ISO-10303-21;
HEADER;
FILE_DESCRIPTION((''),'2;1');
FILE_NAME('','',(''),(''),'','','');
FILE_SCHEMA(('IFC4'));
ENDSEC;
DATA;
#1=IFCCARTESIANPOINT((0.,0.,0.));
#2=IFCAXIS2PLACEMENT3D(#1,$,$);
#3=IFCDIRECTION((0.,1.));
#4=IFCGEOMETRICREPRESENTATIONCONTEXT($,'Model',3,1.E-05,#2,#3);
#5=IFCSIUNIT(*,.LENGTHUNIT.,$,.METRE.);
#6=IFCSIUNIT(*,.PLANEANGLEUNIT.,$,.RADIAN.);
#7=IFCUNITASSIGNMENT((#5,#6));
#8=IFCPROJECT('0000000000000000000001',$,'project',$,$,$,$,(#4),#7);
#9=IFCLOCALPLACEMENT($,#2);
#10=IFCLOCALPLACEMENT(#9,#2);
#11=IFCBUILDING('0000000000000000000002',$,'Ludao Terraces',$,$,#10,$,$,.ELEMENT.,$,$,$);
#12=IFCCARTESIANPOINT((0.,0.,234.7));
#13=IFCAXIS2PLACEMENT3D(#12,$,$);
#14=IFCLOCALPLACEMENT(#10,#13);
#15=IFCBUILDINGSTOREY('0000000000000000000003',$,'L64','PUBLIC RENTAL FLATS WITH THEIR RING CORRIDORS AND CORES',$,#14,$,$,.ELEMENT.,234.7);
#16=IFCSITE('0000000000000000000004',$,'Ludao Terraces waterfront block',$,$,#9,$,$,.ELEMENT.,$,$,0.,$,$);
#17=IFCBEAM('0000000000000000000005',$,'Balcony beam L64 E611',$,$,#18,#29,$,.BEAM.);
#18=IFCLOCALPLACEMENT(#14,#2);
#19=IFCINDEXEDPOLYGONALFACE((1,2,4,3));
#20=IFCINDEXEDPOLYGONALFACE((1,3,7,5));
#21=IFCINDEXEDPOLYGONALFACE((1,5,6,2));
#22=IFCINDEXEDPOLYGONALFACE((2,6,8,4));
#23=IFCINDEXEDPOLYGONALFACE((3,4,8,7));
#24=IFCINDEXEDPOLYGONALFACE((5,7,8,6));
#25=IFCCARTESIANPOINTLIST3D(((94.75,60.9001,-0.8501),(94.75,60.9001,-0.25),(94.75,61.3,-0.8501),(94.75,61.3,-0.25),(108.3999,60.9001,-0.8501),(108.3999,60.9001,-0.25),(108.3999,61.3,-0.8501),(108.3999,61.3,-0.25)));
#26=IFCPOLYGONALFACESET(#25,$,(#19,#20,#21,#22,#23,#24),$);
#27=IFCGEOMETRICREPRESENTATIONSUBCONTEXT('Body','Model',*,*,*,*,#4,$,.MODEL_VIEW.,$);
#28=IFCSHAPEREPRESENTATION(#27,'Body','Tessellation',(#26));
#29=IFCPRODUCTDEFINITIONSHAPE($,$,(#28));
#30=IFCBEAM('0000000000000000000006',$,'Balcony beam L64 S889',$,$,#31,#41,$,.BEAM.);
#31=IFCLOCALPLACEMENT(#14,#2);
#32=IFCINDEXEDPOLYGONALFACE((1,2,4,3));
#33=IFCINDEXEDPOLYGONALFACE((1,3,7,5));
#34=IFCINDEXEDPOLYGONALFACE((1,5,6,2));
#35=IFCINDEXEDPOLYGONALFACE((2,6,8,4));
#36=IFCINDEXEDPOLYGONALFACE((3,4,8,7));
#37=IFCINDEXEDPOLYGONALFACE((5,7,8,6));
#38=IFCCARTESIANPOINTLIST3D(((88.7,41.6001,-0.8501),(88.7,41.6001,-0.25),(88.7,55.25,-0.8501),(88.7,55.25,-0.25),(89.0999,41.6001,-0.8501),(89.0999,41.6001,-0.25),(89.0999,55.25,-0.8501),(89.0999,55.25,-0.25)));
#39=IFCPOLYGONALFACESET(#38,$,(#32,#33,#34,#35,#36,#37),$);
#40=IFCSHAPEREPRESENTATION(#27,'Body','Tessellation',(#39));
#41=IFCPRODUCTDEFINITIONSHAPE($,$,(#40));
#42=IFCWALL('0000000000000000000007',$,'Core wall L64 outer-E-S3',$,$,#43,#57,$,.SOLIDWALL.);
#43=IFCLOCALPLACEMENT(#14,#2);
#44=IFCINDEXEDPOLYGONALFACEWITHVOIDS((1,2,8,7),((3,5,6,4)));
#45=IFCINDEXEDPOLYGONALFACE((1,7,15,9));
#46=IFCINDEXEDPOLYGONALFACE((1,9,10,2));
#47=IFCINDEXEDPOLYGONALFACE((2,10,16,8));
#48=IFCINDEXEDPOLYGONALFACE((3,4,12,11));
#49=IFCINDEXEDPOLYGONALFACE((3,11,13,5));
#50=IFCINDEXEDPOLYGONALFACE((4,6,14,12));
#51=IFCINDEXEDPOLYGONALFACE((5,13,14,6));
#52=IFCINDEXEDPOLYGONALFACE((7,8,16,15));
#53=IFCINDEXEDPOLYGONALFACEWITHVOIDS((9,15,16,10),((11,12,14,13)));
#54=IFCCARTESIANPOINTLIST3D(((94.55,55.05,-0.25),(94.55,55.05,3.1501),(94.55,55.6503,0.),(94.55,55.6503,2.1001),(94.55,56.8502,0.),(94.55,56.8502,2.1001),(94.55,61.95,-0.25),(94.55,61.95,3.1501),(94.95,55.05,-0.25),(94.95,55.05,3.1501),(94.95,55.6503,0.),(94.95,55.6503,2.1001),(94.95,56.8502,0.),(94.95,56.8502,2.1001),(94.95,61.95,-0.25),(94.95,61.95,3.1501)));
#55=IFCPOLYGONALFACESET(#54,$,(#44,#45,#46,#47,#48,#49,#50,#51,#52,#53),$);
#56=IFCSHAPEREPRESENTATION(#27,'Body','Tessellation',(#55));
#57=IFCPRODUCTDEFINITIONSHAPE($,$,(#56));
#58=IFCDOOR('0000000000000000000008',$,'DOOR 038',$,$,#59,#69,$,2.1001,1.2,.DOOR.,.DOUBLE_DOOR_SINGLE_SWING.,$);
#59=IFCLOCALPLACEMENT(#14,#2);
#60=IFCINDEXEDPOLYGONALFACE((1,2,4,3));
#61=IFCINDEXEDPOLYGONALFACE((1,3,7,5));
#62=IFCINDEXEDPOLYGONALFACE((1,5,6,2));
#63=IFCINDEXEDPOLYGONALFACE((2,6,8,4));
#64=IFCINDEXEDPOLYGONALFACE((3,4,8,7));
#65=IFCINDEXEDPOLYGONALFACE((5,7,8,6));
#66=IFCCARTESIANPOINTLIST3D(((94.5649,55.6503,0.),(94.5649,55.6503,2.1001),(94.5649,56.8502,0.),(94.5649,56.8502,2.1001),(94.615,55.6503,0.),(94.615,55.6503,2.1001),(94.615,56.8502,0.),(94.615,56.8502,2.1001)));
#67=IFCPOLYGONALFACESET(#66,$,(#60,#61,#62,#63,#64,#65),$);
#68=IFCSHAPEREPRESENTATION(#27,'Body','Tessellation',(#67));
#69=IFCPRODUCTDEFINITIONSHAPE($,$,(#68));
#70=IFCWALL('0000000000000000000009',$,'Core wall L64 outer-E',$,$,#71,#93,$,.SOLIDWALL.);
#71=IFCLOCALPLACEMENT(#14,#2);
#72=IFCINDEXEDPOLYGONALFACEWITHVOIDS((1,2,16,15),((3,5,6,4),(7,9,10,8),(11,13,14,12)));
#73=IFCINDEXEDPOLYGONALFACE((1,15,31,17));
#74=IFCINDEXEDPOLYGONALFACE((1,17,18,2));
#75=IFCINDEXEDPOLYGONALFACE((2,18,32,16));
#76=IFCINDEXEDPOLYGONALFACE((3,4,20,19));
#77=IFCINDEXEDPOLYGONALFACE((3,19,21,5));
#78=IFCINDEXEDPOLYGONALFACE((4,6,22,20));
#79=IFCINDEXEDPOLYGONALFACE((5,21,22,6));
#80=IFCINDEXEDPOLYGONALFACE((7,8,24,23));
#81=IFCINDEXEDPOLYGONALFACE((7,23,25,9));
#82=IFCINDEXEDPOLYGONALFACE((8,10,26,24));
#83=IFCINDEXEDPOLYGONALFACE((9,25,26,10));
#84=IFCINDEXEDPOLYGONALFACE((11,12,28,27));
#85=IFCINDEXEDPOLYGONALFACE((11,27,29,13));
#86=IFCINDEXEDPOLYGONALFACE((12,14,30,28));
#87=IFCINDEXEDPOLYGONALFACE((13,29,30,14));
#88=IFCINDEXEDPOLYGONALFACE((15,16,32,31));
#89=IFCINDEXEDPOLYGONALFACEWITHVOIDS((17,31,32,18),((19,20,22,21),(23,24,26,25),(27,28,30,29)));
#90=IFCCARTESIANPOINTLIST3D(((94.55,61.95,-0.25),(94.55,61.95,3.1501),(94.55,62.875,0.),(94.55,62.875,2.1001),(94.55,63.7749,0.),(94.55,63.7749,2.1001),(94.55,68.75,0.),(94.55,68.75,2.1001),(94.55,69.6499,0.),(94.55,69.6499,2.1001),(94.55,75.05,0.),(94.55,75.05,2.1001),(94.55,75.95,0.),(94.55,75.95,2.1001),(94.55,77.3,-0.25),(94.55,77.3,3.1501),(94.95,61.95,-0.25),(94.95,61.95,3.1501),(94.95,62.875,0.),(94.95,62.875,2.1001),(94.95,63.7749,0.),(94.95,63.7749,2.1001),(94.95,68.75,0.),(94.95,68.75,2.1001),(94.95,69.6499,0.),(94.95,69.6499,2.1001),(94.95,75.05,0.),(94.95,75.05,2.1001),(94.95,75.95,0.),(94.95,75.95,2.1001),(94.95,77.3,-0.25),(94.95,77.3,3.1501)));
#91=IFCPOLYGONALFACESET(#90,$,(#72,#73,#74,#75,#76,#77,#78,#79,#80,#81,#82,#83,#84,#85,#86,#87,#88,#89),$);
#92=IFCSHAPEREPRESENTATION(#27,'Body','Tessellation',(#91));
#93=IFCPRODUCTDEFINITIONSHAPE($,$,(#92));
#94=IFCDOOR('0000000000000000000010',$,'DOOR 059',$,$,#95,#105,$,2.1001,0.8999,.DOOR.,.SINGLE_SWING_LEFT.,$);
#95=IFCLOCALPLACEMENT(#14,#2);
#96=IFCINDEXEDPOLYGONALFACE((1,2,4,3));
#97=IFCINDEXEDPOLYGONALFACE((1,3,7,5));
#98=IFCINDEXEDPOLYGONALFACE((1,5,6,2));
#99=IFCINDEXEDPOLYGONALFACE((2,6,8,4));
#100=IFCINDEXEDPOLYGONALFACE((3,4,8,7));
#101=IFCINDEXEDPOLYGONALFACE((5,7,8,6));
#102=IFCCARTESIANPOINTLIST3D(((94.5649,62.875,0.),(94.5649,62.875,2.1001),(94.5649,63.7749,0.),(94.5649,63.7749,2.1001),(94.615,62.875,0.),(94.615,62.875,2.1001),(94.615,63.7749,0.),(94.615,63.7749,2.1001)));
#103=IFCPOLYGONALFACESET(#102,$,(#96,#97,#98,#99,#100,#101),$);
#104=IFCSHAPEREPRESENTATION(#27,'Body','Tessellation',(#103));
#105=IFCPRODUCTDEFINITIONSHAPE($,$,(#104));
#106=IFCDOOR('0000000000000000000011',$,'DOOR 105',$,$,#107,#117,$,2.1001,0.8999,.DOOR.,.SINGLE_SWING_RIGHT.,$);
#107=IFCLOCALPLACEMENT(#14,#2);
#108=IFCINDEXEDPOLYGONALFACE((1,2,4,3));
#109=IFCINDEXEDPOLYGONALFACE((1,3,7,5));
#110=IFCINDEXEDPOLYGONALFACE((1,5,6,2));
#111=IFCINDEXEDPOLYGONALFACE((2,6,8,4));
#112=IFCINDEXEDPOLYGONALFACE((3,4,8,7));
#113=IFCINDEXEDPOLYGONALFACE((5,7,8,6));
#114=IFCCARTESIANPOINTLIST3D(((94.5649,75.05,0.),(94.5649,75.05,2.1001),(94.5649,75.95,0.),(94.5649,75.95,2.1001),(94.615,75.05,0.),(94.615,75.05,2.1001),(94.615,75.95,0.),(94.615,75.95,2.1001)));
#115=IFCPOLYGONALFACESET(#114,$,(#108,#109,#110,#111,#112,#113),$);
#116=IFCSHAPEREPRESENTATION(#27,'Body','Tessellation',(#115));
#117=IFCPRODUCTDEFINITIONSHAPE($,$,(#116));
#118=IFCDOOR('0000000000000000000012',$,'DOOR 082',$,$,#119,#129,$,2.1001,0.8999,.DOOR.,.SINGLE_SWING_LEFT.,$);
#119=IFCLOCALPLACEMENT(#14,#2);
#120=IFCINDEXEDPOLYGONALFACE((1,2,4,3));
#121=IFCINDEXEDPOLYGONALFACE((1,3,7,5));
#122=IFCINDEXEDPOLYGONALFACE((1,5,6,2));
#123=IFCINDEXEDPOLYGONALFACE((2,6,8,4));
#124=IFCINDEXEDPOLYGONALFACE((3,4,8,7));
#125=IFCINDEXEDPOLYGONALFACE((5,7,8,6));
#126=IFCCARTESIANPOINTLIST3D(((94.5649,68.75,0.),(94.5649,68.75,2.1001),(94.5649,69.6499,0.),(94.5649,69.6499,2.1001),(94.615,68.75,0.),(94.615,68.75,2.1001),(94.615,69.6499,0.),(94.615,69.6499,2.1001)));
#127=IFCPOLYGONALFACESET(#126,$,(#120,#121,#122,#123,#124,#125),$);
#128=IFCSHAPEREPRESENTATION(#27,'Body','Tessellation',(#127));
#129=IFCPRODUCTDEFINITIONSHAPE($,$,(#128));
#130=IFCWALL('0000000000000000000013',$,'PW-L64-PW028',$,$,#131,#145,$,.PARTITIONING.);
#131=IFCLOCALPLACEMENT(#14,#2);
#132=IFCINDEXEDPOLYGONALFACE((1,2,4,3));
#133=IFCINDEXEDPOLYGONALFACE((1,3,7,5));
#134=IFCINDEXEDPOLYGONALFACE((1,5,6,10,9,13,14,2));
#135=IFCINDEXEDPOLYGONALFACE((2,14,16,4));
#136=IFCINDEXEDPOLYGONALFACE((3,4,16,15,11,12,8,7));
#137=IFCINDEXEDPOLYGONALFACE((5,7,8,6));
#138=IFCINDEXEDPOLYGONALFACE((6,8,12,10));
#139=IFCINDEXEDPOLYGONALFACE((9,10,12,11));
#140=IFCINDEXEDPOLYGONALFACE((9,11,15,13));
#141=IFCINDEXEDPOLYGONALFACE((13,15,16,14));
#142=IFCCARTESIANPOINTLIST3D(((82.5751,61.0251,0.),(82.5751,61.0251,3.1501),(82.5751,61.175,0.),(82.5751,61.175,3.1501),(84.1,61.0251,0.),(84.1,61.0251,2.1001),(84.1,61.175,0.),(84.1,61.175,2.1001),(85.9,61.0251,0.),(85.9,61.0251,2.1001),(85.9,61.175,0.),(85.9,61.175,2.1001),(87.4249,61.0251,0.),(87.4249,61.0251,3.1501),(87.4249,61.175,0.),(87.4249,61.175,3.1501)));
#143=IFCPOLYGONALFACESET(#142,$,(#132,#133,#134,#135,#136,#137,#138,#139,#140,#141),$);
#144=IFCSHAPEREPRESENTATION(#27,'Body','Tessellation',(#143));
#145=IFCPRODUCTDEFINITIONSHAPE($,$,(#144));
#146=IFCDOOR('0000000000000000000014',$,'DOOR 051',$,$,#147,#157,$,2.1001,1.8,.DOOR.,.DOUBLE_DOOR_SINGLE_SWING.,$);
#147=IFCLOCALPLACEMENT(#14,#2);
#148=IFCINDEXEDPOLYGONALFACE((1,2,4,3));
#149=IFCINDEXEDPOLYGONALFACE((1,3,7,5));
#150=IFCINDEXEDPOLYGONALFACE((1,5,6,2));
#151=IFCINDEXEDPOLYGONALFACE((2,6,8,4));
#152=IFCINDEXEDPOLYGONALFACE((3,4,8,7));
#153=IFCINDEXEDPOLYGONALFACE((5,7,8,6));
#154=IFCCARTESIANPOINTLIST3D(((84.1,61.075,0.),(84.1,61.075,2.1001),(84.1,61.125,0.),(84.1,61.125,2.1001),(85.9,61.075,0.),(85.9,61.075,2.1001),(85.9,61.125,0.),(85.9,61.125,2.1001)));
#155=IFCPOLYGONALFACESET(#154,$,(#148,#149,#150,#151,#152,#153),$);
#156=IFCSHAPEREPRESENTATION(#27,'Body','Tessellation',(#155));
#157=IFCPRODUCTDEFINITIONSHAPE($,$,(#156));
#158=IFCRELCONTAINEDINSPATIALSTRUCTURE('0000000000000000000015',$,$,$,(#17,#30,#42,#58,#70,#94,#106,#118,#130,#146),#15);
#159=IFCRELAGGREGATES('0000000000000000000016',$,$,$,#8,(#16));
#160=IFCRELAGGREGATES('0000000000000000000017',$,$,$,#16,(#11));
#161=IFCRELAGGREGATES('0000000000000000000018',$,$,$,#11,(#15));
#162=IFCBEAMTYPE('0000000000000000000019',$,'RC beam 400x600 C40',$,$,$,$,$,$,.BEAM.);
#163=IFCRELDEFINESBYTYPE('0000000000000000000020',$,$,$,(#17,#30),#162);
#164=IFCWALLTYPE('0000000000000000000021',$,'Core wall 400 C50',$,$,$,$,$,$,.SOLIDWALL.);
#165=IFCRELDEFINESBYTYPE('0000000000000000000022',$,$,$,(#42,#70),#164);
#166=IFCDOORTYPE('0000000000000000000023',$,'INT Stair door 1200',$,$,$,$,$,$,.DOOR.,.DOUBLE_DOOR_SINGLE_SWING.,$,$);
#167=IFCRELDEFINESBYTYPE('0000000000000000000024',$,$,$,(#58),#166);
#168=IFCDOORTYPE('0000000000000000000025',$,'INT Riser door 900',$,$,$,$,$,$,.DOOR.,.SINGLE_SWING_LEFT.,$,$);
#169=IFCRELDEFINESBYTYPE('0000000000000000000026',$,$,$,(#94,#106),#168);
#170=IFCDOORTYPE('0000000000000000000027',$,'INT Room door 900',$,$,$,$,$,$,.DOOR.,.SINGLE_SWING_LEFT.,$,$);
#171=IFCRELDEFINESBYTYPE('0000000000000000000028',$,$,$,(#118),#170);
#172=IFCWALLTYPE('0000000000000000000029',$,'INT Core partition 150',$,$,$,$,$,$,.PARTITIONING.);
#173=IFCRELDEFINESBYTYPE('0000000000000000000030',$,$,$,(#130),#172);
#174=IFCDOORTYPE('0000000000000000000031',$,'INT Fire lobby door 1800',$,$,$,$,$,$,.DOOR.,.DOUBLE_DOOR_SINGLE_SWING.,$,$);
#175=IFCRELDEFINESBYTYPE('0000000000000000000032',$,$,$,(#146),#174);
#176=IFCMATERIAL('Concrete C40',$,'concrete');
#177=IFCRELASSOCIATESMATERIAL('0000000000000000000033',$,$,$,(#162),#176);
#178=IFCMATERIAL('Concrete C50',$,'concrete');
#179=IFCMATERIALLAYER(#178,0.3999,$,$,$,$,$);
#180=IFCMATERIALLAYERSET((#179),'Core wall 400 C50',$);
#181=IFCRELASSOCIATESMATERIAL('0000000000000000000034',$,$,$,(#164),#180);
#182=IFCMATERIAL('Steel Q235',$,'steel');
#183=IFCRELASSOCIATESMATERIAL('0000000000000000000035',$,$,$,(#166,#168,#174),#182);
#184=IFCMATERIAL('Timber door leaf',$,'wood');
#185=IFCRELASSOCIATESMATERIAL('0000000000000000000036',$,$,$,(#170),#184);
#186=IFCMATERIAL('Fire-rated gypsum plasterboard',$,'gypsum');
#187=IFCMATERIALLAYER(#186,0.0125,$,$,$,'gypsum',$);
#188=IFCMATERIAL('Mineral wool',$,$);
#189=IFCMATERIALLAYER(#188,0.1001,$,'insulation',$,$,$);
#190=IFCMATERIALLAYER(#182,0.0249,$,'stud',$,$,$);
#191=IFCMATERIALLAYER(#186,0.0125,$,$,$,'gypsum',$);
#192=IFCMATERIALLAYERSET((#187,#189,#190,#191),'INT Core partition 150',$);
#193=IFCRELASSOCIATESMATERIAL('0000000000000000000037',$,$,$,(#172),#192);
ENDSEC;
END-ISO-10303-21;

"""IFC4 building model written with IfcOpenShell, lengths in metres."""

from ifc_helpers import new_model, si_unit, direction, frame, frame_2d, origin, origin_2d, place, context, subcontext, project, spatial, rectangle, extrude, material, layer, layer_set, material_profile, profile_set, type_object, element, fill, save


model = new_model("IFC4")

# Units and contexts
model_context = context("Model", 3, precision=1e-05, world=origin(), true_north=direction((0.0, 1.0)))
body_context = subcontext(model_context, "Body", "Model", "MODEL_VIEW")
ifc_project = project(units=[si_unit("LENGTHUNIT", "METRE"), si_unit("PLANEANGLEUNIT", "RADIAN")], contexts=[model_context])

# Site, building, storey
site_placement = place(None, origin())
site = spatial("IfcSite", under=ifc_project, at=site_placement, Name="Ludao Terraces waterfront block", CompositionType="ELEMENT", RefElevation=0.0)
building_placement = place(site_placement, origin())
building = spatial("IfcBuilding", under=site, at=building_placement, Name="Ludao Terraces", CompositionType="ELEMENT")
storey_placement = place(building_placement, frame((0.0, 0.0, 234.7)))
storey = spatial("IfcBuildingStorey", under=building, at=storey_placement, Name="L64", Description="PUBLIC RENTAL FLATS WITH THEIR RING CORRIDORS AND CORES", CompositionType="ELEMENT", Elevation=234.7)

# Beams
ifc_material_1 = material(Name="Concrete C40", Category="concrete")
ifc_material_profile = material_profile(ifc_material_1, rectangle(XDim=0.3999, YDim=0.6001, at=origin_2d()), Name="400 X 600")
ifc_profile_set = profile_set([ifc_material_profile], Name="Concrete C40")
beam_type = type_object("IfcBeamType", Name="RC beam 400x600 C40", PredefinedType="BEAM", material=ifc_profile_set)
for number, where, z_axis, x_axis, name in (
    (1, (94.75, 61.1001, -0.55), (1.0, 0.0, 0.0), (0.0, 1.0, 0.0), "Balcony beam L64 E611"),
    (2, (88.8999, 55.25, -0.55), (0.0, -1.0, 0.0), (1.0, 0.0, 0.0), "Balcony beam L64 S889"),
):
    element("IfcBeam", number, at=place(storey_placement, frame(where, z_axis=z_axis, x_axis=x_axis)), inside=storey, type_object=beam_type, Name=name, PredefinedType="BEAM", context=body_context, shape_type="SweptSolid", body=[
        extrude(rectangle(XDim=0.3999, YDim=0.6001, at=origin_2d()), origin(), (0.0, 0.0, 1.0), 13.6499),
    ])

# Wall, opening, door
ifc_material_2 = material(Name="Concrete C50", Category="concrete")
ifc_layer_1 = layer(ifc_material_2, 0.3999)
ifc_layer_set_1 = layer_set([ifc_layer_1], Name="Core wall 400 C50")
wall_type_1 = type_object("IfcWallType", Name="Core wall 400 C50", PredefinedType="SOLIDWALL", material=ifc_layer_set_1)
wall_1_placement = place(storey_placement, frame((94.75, 55.05, -0.25), z_axis=(0.0, 0.0, 1.0), x_axis=(0.0, 1.0, 0.0)))
wall_1 = element("IfcWall", 3, at=wall_1_placement, inside=storey, type_object=wall_type_1, Name="Core wall L64 outer-E-S3", PredefinedType="SOLIDWALL", context=body_context, shape_type="SweptSolid", body=[
    extrude(rectangle(XDim=6.8999, YDim=0.3999, at=frame_2d((3.45, 0.0))), origin(), (0.0, 0.0, 1.0), 3.4001),
])
opening_1_placement = place(wall_1_placement, frame((0.6001, 0.0, 0.25)))
opening_1 = element("IfcOpeningElement", 4, at=opening_1_placement, cuts=wall_1, PredefinedType="OPENING", context=body_context, shape_type="SweptSolid", body=[
    extrude(rectangle(XDim=1.2, YDim=2.1001, at=frame_2d((0.6001, 1.05))), frame((0.0, 0.21, 0.0), z_axis=(0.0, -1.0, 0.0), x_axis=(1.0, 0.0, 0.0)), (0.0, 0.0, 1.0), 0.4199),
])
ifc_material_3 = material(Name="Steel Q235", Category="steel")
door_type_1 = type_object("IfcDoorType", Name="INT Stair door 1200", OperationType="DOUBLE_DOOR_SINGLE_SWING", PredefinedType="DOOR", material=ifc_material_3)
door_1_placement = place(opening_1_placement, origin())
door_1 = element("IfcDoor", 5, at=door_1_placement, inside=storey, type_object=door_type_1, Name="DOOR 038", OperationType="DOUBLE_DOOR_SINGLE_SWING", OverallHeight=2.1001, OverallWidth=1.2, PredefinedType="DOOR", context=body_context, shape_type="SweptSolid", body=[
    extrude(rectangle(XDim=1.2, YDim=2.1001, at=frame_2d((0.6001, 1.05))), frame((0.0, 0.1851, 0.0), z_axis=(0.0, -1.0, 0.0), x_axis=(1.0, 0.0, 0.0)), (0.0, 0.0, 1.0), 0.05),
])
fill(opening_1, door_1)

# Wall, openings, doors
wall_2_placement = place(storey_placement, frame((94.75, 61.95, -0.25), z_axis=(0.0, 0.0, 1.0), x_axis=(0.0, 1.0, 0.0)))
wall_2 = element("IfcWall", 6, at=wall_2_placement, inside=storey, type_object=wall_type_1, Name="Core wall L64 outer-E", PredefinedType="SOLIDWALL", context=body_context, shape_type="SweptSolid", body=[
    extrude(rectangle(XDim=15.3501, YDim=0.3999, at=frame_2d((7.675, 0.0))), origin(), (0.0, 0.0, 1.0), 3.4001),
])
opening_2_placement = place(wall_2_placement, frame((0.925, 0.0, 0.25)))
opening_2 = element("IfcOpeningElement", 7, at=opening_2_placement, cuts=wall_2, PredefinedType="OPENING", context=body_context, shape_type="SweptSolid", body=[
    extrude(rectangle(XDim=0.8999, YDim=2.1001, at=frame_2d((0.45, 1.05))), frame((0.0, 0.21, 0.0), z_axis=(0.0, -1.0, 0.0), x_axis=(1.0, 0.0, 0.0)), (0.0, 0.0, 1.0), 0.4199),
])
opening_3_placement = place(wall_2_placement, frame((6.8, 0.0, 0.25)))
opening_3 = element("IfcOpeningElement", 8, at=opening_3_placement, cuts=wall_2, PredefinedType="OPENING", context=body_context, shape_type="SweptSolid", body=[
    extrude(rectangle(XDim=0.8999, YDim=2.1001, at=frame_2d((0.45, 1.05))), frame((0.0, 0.21, 0.0), z_axis=(0.0, -1.0, 0.0), x_axis=(1.0, 0.0, 0.0)), (0.0, 0.0, 1.0), 0.4199),
])
opening_4_placement = place(wall_2_placement, frame((13.1001, 0.0, 0.25)))
opening_4 = element("IfcOpeningElement", 9, at=opening_4_placement, cuts=wall_2, PredefinedType="OPENING", context=body_context, shape_type="SweptSolid", body=[
    extrude(rectangle(XDim=0.8999, YDim=2.1001, at=frame_2d((0.45, 1.05))), frame((0.0, 0.21, 0.0), z_axis=(0.0, -1.0, 0.0), x_axis=(1.0, 0.0, 0.0)), (0.0, 0.0, 1.0), 0.4199),
])
door_type_2 = type_object("IfcDoorType", Name="INT Riser door 900", OperationType="SINGLE_SWING_LEFT", PredefinedType="DOOR", material=ifc_material_3)
door_2_placement = place(opening_2_placement, origin())
door_2 = element("IfcDoor", 10, at=door_2_placement, inside=storey, type_object=door_type_2, Name="DOOR 059", OperationType="SINGLE_SWING_LEFT", OverallHeight=2.1001, OverallWidth=0.8999, PredefinedType="DOOR", context=body_context, shape_type="SweptSolid", body=[
    extrude(rectangle(XDim=0.8999, YDim=2.1001, at=frame_2d((0.45, 1.05))), frame((0.0, 0.1851, 0.0), z_axis=(0.0, -1.0, 0.0), x_axis=(1.0, 0.0, 0.0)), (0.0, 0.0, 1.0), 0.05),
])
fill(opening_2, door_2)
door_3_placement = place(opening_4_placement, origin())
door_3 = element("IfcDoor", 11, at=door_3_placement, inside=storey, type_object=door_type_2, Name="DOOR 105", OperationType="SINGLE_SWING_RIGHT", OverallHeight=2.1001, OverallWidth=0.8999, PredefinedType="DOOR", context=body_context, shape_type="SweptSolid", body=[
    extrude(rectangle(XDim=0.8999, YDim=2.1001, at=frame_2d((0.45, 1.05))), frame((0.0, 0.1851, 0.0), z_axis=(0.0, -1.0, 0.0), x_axis=(1.0, 0.0, 0.0)), (0.0, 0.0, 1.0), 0.05),
])
fill(opening_4, door_3)
ifc_material_4 = material(Name="Timber door leaf", Category="wood")
door_type_3 = type_object("IfcDoorType", Name="INT Room door 900", OperationType="SINGLE_SWING_LEFT", PredefinedType="DOOR", material=ifc_material_4)
door_4_placement = place(opening_3_placement, origin())
door_4 = element("IfcDoor", 12, at=door_4_placement, inside=storey, type_object=door_type_3, Name="DOOR 082", OperationType="SINGLE_SWING_LEFT", OverallHeight=2.1001, OverallWidth=0.8999, PredefinedType="DOOR", context=body_context, shape_type="SweptSolid", body=[
    extrude(rectangle(XDim=0.8999, YDim=2.1001, at=frame_2d((0.45, 1.05))), frame((0.0, 0.1851, 0.0), z_axis=(0.0, -1.0, 0.0), x_axis=(1.0, 0.0, 0.0)), (0.0, 0.0, 1.0), 0.05),
])
fill(opening_3, door_4)

# Wall, opening, door
ifc_material_5 = material(Name="Fire-rated gypsum plasterboard", Category="gypsum")
ifc_layer_2 = layer(ifc_material_5, 0.0125, Category="gypsum")
ifc_material_6 = material(Name="Mineral wool")
ifc_layer_3 = layer(ifc_material_6, 0.1001, Name="insulation")
ifc_layer_4 = layer(ifc_material_3, 0.0249, Name="stud")
ifc_layer_5 = layer(ifc_material_5, 0.0125, Category="gypsum")
ifc_layer_set_2 = layer_set([ifc_layer_2, ifc_layer_3, ifc_layer_4, ifc_layer_5], Name="INT Core partition 150")
wall_type_2 = type_object("IfcWallType", Name="INT Core partition 150", PredefinedType="PARTITIONING", material=ifc_layer_set_2)
wall_3_placement = place(storey_placement, frame((82.5752, 61.1001, 0.0), z_axis=(0.0, 0.0, 1.0), x_axis=(1.0, 0.0, 0.0)))
wall_3 = element("IfcWall", 13, at=wall_3_placement, inside=storey, type_object=wall_type_2, Name="PW-L64-PW028", PredefinedType="PARTITIONING", context=body_context, shape_type="SweptSolid", body=[
    extrude(rectangle(XDim=4.8499, YDim=0.1499, at=frame_2d((2.4248, 0.0))), origin(), (0.0, 0.0, 1.0), 3.1501),
])
opening_5_placement = place(wall_3_placement, frame((1.5249, 0.0, 0.0)))
opening_5 = element("IfcOpeningElement", 14, at=opening_5_placement, cuts=wall_3, PredefinedType="OPENING", context=body_context, shape_type="SweptSolid", body=[
    extrude(rectangle(XDim=1.8, YDim=2.1001, at=frame_2d((0.8999, 1.05))), frame((0.0, 0.085, 0.0), z_axis=(0.0, -1.0, 0.0), x_axis=(1.0, 0.0, 0.0)), (0.0, 0.0, 1.0), 0.1699),
])
door_type_4 = type_object("IfcDoorType", Name="INT Fire lobby door 1800", OperationType="DOUBLE_DOOR_SINGLE_SWING", PredefinedType="DOOR", material=ifc_material_3)
door_5_placement = place(opening_5_placement, origin())
door_5 = element("IfcDoor", 15, at=door_5_placement, inside=storey, type_object=door_type_4, Name="DOOR 051", OperationType="DOUBLE_DOOR_SINGLE_SWING", OverallHeight=2.1001, OverallWidth=1.8, PredefinedType="DOOR", context=body_context, shape_type="SweptSolid", body=[
    extrude(rectangle(XDim=1.8, YDim=2.1001, at=frame_2d((0.8999, 1.05))), frame((0.0, 0.0249, 0.0), z_axis=(0.0, -1.0, 0.0), x_axis=(1.0, 0.0, 0.0)), (0.0, 0.0, 1.0), 0.05),
])
fill(opening_5, door_5)

save(model, "model.ifc")
